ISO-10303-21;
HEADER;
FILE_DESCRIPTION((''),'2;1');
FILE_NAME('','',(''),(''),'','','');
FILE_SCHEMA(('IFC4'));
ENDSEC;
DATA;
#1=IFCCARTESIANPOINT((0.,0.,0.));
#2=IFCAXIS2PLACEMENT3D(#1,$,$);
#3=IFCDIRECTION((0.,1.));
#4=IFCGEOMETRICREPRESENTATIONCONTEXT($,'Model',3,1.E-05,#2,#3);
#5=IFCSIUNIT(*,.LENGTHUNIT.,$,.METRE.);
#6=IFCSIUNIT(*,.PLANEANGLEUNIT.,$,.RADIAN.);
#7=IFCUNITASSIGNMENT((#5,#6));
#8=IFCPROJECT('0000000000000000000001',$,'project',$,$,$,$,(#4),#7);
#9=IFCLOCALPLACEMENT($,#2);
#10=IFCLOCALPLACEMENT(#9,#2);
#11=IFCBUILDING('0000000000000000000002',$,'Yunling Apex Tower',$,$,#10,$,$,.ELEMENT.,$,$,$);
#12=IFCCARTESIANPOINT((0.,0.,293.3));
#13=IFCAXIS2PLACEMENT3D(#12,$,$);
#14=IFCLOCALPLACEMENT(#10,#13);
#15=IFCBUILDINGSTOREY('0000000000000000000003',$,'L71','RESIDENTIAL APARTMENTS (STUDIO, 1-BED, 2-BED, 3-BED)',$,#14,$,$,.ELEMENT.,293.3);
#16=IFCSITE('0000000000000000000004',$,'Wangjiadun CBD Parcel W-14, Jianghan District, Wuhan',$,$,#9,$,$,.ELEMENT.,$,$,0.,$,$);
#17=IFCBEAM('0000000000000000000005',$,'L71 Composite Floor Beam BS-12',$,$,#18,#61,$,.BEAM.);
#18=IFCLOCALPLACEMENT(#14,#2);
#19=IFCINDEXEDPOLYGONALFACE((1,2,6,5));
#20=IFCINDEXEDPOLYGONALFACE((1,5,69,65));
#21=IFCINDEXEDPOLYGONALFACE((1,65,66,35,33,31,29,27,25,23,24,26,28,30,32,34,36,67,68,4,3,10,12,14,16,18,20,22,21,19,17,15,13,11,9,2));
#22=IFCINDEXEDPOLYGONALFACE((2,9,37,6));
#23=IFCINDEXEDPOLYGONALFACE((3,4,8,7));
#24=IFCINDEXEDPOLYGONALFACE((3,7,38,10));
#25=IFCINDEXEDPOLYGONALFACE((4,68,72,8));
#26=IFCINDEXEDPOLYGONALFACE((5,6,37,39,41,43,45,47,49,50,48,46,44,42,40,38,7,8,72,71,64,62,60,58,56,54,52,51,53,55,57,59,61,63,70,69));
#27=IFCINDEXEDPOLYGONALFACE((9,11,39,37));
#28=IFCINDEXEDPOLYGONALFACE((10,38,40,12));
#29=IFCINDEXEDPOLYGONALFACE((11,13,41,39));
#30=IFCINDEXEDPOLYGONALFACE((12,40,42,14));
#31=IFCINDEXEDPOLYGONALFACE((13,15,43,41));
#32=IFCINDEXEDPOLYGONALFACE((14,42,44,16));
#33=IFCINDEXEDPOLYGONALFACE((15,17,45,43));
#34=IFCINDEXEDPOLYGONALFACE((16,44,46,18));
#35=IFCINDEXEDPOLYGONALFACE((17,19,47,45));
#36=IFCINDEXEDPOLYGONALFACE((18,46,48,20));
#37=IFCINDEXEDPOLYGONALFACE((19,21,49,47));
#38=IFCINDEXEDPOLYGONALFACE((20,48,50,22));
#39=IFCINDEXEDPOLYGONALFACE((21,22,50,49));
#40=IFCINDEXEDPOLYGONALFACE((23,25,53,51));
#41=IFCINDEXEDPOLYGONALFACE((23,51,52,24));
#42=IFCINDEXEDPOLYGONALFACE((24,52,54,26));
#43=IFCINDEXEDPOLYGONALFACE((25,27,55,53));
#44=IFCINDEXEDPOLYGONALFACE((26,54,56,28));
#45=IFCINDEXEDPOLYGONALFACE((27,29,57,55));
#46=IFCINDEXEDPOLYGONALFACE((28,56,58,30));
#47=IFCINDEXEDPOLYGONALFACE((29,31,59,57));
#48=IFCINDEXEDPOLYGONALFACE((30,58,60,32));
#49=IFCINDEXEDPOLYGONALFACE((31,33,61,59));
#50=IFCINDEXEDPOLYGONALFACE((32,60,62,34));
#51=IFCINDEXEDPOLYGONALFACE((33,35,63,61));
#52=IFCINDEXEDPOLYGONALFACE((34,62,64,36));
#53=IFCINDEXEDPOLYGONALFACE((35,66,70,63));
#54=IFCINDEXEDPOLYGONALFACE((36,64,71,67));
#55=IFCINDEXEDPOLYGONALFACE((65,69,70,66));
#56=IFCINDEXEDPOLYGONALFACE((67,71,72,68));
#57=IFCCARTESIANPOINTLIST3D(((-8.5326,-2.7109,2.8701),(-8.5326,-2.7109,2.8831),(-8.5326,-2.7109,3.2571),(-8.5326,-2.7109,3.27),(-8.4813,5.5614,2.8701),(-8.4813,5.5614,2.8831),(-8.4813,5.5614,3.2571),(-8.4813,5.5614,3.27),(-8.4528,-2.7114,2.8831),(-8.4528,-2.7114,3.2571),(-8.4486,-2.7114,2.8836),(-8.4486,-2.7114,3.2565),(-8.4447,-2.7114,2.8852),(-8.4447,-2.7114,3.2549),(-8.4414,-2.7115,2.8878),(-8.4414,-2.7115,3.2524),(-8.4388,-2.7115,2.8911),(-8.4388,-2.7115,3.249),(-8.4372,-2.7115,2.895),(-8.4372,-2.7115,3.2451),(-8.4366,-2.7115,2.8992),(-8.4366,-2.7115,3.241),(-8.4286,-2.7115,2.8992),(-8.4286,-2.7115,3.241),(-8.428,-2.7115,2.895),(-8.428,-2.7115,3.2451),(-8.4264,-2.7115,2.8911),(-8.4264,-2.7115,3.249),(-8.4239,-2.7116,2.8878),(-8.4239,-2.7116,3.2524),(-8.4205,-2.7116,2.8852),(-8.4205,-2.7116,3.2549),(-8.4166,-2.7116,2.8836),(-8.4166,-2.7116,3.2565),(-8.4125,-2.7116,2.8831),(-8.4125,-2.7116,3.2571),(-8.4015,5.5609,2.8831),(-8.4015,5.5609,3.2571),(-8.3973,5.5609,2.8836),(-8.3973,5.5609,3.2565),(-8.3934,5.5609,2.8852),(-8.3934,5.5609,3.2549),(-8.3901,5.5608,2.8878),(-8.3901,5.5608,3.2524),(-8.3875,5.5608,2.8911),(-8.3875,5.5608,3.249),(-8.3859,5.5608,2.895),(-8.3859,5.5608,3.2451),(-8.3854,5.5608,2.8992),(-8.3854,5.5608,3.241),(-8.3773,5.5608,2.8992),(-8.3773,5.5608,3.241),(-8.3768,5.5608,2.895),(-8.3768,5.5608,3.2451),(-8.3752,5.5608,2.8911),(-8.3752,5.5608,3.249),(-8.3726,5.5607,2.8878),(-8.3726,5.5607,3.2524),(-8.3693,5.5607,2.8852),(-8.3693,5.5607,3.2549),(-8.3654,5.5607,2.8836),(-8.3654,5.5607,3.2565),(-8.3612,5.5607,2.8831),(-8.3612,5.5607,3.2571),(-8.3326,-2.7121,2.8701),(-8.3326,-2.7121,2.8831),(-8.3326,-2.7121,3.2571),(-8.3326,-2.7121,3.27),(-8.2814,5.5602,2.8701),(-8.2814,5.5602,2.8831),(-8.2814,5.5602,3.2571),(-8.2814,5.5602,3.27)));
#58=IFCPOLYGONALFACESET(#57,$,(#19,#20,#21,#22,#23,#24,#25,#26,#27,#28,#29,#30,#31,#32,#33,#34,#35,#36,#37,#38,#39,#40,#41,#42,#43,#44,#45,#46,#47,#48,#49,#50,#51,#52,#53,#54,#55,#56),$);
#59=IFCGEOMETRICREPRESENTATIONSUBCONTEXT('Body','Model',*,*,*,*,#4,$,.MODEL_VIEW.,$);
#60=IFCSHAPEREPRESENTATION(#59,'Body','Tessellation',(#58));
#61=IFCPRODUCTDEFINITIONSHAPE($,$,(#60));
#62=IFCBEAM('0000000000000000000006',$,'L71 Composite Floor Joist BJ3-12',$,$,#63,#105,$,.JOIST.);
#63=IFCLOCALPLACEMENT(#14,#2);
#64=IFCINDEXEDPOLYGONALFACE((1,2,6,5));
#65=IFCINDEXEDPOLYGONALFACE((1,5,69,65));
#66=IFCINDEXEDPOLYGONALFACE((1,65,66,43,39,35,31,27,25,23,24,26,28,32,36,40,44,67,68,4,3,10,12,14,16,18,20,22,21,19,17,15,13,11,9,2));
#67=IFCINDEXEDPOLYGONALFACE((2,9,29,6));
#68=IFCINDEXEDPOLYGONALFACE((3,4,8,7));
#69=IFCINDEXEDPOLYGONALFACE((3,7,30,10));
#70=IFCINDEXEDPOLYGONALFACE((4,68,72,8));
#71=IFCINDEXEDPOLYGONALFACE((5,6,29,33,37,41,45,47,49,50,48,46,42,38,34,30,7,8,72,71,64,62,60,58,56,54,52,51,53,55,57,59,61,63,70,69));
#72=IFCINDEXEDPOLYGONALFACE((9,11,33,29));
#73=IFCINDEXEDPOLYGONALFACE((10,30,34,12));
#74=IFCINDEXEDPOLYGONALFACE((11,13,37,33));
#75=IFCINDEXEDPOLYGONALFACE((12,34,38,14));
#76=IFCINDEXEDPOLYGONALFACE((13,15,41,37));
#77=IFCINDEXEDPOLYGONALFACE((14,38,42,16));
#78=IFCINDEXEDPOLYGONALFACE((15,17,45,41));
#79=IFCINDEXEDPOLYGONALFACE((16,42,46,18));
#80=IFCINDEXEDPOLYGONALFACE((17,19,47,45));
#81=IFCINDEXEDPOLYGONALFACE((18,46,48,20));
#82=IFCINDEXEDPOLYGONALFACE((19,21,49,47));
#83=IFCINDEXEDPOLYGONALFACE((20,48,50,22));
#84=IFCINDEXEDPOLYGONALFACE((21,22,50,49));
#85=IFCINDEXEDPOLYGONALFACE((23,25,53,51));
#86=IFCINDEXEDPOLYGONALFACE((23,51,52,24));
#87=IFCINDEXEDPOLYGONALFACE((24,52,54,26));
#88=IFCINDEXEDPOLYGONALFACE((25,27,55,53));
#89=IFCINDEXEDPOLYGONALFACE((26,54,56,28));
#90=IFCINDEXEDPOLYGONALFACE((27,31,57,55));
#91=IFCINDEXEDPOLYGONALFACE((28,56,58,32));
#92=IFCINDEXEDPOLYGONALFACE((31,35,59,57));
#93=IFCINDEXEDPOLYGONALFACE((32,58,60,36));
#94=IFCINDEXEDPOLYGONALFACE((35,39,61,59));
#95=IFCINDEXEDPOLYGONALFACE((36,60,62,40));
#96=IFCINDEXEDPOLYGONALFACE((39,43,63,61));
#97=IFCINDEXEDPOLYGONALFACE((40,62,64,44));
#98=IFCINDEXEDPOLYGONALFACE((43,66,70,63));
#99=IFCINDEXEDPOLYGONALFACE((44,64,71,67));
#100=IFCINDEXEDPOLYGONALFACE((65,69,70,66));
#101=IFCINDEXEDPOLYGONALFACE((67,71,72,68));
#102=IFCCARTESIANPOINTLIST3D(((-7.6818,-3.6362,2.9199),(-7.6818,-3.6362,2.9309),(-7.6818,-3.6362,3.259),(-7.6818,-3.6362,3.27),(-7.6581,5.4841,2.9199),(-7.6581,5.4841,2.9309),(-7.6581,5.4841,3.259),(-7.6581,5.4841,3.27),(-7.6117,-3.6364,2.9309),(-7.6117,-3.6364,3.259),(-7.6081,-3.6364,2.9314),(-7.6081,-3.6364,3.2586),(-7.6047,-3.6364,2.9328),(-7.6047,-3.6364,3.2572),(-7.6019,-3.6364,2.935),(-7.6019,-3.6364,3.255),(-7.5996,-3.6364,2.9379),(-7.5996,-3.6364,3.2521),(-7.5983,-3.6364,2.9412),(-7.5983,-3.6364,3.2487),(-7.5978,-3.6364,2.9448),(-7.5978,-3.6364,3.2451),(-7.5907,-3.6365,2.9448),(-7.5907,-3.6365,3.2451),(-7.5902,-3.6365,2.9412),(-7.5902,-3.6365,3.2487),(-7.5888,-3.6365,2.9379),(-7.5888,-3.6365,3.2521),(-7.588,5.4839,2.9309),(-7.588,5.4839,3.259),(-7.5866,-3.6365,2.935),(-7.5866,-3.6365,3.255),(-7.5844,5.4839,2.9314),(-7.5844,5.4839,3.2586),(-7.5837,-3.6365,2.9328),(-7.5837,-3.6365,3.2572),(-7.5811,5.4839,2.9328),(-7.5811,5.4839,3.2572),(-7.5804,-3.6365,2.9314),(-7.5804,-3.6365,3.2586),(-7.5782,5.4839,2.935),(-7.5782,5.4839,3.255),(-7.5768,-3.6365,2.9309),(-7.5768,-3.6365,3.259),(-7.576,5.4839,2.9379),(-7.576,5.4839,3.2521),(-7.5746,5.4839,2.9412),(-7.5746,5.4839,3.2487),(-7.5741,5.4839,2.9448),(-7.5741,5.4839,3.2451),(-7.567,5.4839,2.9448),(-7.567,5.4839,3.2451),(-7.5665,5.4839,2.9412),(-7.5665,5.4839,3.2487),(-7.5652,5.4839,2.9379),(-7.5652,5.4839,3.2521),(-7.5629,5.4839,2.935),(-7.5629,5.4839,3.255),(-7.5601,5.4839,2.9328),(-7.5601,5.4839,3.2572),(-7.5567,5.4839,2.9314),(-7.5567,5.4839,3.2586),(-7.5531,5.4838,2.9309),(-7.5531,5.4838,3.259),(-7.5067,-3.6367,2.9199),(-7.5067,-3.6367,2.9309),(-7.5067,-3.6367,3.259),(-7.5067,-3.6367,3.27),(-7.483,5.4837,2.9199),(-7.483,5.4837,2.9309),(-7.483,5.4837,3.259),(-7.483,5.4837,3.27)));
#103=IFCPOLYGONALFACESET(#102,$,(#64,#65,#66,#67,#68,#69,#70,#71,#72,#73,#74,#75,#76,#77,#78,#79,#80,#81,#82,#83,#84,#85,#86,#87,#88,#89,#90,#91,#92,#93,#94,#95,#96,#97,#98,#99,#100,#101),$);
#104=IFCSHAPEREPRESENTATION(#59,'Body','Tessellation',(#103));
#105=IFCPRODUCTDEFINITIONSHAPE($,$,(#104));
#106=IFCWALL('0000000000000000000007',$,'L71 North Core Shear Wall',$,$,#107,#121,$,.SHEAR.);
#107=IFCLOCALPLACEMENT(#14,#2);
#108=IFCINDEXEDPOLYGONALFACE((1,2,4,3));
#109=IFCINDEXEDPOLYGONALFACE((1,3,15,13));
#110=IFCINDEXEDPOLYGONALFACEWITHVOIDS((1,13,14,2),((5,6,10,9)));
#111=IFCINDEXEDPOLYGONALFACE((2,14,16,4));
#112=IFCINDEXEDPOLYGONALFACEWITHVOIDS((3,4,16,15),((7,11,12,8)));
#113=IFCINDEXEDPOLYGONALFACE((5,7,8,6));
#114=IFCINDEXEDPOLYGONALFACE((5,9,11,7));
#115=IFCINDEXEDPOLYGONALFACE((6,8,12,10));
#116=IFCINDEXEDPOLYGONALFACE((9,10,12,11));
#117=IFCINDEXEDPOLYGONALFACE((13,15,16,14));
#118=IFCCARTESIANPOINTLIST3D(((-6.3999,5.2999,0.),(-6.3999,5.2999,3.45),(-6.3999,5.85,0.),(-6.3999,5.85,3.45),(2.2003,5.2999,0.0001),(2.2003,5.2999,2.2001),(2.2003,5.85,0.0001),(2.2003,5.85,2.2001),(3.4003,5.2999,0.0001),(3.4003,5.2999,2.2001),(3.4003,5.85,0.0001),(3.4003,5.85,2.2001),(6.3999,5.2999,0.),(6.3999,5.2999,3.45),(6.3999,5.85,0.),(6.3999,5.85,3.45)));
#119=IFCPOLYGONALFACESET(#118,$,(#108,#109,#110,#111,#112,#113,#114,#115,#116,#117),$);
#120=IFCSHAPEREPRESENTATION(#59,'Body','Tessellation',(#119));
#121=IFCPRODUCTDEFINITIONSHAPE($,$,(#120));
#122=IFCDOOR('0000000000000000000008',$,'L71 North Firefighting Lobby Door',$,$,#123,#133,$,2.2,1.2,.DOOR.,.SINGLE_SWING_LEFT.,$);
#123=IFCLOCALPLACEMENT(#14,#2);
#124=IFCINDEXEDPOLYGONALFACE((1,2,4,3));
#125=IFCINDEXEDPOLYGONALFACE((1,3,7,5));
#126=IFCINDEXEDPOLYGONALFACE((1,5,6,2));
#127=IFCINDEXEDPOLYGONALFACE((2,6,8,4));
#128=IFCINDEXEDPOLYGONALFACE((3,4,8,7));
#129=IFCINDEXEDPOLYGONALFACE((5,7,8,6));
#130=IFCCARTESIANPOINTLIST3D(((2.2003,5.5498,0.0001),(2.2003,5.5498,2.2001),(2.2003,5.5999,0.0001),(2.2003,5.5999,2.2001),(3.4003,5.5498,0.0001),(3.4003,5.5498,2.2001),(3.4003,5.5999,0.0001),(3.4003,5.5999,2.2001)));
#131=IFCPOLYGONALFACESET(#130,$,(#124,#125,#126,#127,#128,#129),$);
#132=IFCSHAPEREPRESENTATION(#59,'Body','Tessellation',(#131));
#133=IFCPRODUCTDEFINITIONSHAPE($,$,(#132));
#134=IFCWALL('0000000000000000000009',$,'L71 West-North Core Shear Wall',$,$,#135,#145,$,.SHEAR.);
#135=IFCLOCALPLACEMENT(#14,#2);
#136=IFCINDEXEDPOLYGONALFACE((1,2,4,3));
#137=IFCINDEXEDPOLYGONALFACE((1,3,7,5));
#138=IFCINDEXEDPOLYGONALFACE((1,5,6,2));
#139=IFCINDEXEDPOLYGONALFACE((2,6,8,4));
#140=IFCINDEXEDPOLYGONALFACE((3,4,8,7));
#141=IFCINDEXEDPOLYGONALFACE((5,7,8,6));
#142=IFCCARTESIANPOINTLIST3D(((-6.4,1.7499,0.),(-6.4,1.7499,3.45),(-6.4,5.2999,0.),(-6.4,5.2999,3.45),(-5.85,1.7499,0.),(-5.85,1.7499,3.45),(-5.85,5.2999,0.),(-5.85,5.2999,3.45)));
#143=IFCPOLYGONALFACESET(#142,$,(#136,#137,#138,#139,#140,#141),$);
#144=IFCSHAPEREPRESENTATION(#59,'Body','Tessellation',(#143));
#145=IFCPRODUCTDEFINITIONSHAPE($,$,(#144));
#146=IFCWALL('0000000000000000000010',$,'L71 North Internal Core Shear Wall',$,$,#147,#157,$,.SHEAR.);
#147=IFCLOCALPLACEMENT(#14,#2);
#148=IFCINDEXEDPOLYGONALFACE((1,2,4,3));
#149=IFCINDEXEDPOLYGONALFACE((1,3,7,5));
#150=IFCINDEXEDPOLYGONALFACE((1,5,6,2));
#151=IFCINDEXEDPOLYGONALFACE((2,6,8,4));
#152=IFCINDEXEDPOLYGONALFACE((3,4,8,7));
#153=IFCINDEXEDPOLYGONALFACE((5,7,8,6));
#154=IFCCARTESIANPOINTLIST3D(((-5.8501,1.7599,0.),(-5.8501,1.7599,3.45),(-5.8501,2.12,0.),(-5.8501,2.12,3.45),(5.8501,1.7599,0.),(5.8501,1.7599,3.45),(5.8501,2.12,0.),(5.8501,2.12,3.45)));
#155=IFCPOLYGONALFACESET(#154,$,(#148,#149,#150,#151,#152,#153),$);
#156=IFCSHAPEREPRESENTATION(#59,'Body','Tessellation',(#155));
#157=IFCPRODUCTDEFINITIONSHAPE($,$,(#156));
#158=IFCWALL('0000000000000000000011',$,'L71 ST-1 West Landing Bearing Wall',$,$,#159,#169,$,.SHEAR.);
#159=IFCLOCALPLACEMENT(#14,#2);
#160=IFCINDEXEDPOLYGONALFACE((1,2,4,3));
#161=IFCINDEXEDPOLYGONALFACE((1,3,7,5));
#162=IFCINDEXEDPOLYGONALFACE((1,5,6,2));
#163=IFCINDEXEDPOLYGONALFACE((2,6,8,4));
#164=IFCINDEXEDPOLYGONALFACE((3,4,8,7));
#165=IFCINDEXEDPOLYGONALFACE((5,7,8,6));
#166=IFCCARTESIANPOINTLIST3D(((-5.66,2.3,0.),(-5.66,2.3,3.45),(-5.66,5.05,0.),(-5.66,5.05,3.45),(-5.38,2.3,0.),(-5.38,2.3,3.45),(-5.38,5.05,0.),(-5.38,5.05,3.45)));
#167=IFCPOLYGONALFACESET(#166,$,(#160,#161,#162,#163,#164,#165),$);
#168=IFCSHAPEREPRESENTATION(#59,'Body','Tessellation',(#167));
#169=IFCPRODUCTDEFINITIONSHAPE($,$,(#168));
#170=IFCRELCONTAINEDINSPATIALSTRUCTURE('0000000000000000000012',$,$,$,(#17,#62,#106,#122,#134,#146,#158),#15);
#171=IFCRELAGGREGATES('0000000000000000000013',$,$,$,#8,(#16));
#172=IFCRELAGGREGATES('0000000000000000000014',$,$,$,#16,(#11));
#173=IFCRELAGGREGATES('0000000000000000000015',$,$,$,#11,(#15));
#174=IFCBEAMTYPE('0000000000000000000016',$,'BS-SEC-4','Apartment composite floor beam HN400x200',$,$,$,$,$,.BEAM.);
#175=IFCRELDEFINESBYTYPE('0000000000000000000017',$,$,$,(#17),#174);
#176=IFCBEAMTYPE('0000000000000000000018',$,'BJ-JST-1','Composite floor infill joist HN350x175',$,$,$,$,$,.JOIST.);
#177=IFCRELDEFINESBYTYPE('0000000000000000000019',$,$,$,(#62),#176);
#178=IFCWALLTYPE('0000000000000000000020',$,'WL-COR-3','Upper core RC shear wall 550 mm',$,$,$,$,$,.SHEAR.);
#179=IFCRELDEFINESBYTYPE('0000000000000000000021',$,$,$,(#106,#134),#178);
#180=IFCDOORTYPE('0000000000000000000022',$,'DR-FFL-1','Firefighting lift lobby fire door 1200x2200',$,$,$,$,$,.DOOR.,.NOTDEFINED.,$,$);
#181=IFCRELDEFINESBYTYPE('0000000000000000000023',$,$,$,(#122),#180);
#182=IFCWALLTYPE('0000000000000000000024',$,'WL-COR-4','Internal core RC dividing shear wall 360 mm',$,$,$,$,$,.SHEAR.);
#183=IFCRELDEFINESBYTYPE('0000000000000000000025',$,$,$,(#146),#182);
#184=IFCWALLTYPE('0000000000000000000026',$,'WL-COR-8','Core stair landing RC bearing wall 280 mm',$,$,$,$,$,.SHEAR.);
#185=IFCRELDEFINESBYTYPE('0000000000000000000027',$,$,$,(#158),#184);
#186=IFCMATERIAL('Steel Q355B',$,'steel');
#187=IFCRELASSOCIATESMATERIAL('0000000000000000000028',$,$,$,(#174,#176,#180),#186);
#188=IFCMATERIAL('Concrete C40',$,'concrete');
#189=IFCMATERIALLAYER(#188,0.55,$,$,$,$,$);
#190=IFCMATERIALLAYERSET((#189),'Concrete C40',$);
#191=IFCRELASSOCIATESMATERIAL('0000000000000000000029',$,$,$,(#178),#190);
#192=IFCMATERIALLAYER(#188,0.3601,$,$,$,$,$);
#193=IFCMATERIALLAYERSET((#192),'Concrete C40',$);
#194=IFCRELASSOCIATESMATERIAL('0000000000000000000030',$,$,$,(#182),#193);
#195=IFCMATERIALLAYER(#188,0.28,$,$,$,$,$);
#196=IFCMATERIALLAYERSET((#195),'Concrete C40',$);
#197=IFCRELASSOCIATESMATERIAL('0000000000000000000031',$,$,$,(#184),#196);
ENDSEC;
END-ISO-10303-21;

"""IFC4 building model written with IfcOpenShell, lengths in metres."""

from ifc_helpers import new_model, si_unit, direction, frame, frame_2d, origin, origin_2d, place, context, subcontext, project, spatial, rectangle, i_section, extrude, source, transform, mapped, material, layer, layer_set, material_profile, profile_set, type_object, element, fill, save


model = new_model("IFC4")

# Units and contexts
model_context = context("Model", 3, precision=1e-05, world=origin(), true_north=direction((0.0, 1.0)))
body_context = subcontext(model_context, "Body", "Model", "MODEL_VIEW")
ifc_project = project(units=[si_unit("LENGTHUNIT", "METRE"), si_unit("PLANEANGLEUNIT", "RADIAN")], contexts=[model_context])

# Site, building, storey
site_placement = place(None, origin())
site = spatial("IfcSite", under=ifc_project, at=site_placement, Name="Wangjiadun CBD Parcel W-14, Jianghan District, Wuhan", CompositionType="ELEMENT", RefElevation=0.0)
building_placement = place(site_placement, origin())
building = spatial("IfcBuilding", under=site, at=building_placement, Name="Yunling Apex Tower", CompositionType="ELEMENT")
storey_placement = place(building_placement, frame((0.0, 0.0, 293.3)))
storey = spatial("IfcBuildingStorey", under=building, at=storey_placement, Name="L71", Description="RESIDENTIAL APARTMENTS (STUDIO, 1-BED, 2-BED, 3-BED)", CompositionType="ELEMENT", Elevation=293.3)

# Beams
ifc_material_1 = material(Name="Steel Q355B", Category="steel")
ifc_material_profile_1 = material_profile(ifc_material_1, i_section(OverallWidth=0.2, OverallDepth=0.3999, WebThickness=0.0081, FlangeThickness=0.0129, FilletRadius=0.0161, at=origin_2d()))
ifc_profile_set_1 = profile_set([ifc_material_profile_1], Name="Steel Q355B")
beam_type_1 = type_object("IfcBeamType", Name="BS-SEC-4", Description="Apartment composite floor beam HN400x200", PredefinedType="BEAM", material=ifc_profile_set_1)
shared_shape_1 = source(origin(), body_context, "Body", "SweptSolid", [
    extrude(i_section(OverallWidth=0.2, OverallDepth=0.3999, WebThickness=0.0081, FlangeThickness=0.0129, FilletRadius=0.0161, at=origin_2d()), origin(), (0.0, 0.0, 1.0), 8.2725),
])
beam_1_placement = place(storey_placement, frame((-8.3813, 5.5608, 3.0701), z_axis=(-0.006198, -0.999981, 0.0), x_axis=(0.999981, -0.006198, 0.0)))
element("IfcBeam", 1, at=beam_1_placement, inside=storey, type_object=beam_type_1, Name="L71 Composite Floor Beam BS-12", PredefinedType="BEAM", context=body_context, shape_type="MappedRepresentation", body=[
    mapped(shared_shape_1, transform((0.0, 0.0, 0.0), scale=1.0)),
])
ifc_material_profile_2 = material_profile(ifc_material_1, i_section(OverallWidth=0.175, OverallDepth=0.3501, WebThickness=0.0071, FlangeThickness=0.011, FilletRadius=0.0139, at=origin_2d()))
ifc_profile_set_2 = profile_set([ifc_material_profile_2], Name="Steel Q355B")
beam_type_2 = type_object("IfcBeamType", Name="BJ-JST-1", Description="Composite floor infill joist HN350x175", PredefinedType="JOIST", material=ifc_profile_set_2)
shared_shape_2 = source(origin(), body_context, "Body", "SweptSolid", [
    extrude(i_section(OverallWidth=0.175, OverallDepth=0.3501, WebThickness=0.0071, FlangeThickness=0.011, FilletRadius=0.0139, at=origin_2d()), origin(), (0.0, 0.0, 1.0), 9.1204),
])
beam_2_placement = place(storey_placement, frame((-7.5706, 5.4839, 3.095), z_axis=(-0.002597, -0.999997, 0.0), x_axis=(0.999997, -0.002597, 0.0)))
element("IfcBeam", 2, at=beam_2_placement, inside=storey, type_object=beam_type_2, Name="L71 Composite Floor Joist BJ3-12", PredefinedType="JOIST", context=body_context, shape_type="MappedRepresentation", body=[
    mapped(shared_shape_2, transform((0.0, 0.0, 0.0), scale=1.0)),
])

# Wall, opening, door
ifc_material_2 = material(Name="Concrete C40", Category="concrete")
ifc_layer_1 = layer(ifc_material_2, 0.55)
ifc_layer_set_1 = layer_set([ifc_layer_1], Name="Concrete C40")
wall_type_1 = type_object("IfcWallType", Name="WL-COR-3", Description="Upper core RC shear wall 550 mm", PredefinedType="SHEAR", material=ifc_layer_set_1)
wall_1_placement = place(storey_placement, frame((-6.3999, 5.575, 0.0), z_axis=(0.0, 0.0, 1.0), x_axis=(1.0, 0.0, 0.0)))
wall_1 = element("IfcWall", 3, at=wall_1_placement, inside=storey, type_object=wall_type_1, Name="L71 North Core Shear Wall", PredefinedType="SHEAR", context=body_context, shape_type="SweptSolid", body=[
    extrude(rectangle(XDim=12.7998, YDim=0.55, at=frame_2d((6.3999, 0.0))), origin(), (0.0, 0.0, 1.0), 3.45),
])
opening_1_placement = place(wall_1_placement, frame((8.6001, 0.0, 0.0)))
opening_1 = element("IfcOpeningElement", 4, at=opening_1_placement, cuts=wall_1, PredefinedType="OPENING", context=body_context, shape_type="SweptSolid", body=[
    extrude(rectangle(XDim=1.2, YDim=2.2, at=frame_2d((0.6001, 1.1001))), frame((0.0, 0.2852, 0.0), z_axis=(0.0, -1.0, 0.0), x_axis=(1.0, 0.0, 0.0)), (0.0, 0.0, 1.0), 0.5701),
])
door_type_1 = type_object("IfcDoorType", Name="DR-FFL-1", Description="Firefighting lift lobby fire door 1200x2200", OperationType="NOTDEFINED", PredefinedType="DOOR", material=ifc_material_1)
door_1_placement = place(opening_1_placement, origin())
door_1 = element("IfcDoor", 5, at=door_1_placement, inside=storey, type_object=door_type_1, Name="L71 North Firefighting Lobby Door", OperationType="SINGLE_SWING_LEFT", OverallHeight=2.2, OverallWidth=1.2, PredefinedType="DOOR", context=body_context, shape_type="SweptSolid", body=[
    extrude(rectangle(XDim=1.2, YDim=2.2, at=frame_2d((0.6001, 1.1001))), frame((0.0, 0.0249, 0.0), z_axis=(0.0, -1.0, 0.0), x_axis=(1.0, 0.0, 0.0)), (0.0, 0.0, 1.0), 0.05),
])
fill(opening_1, door_1)

# Walls
wall_2_placement = place(storey_placement, frame((-6.125, 1.75, 0.0), z_axis=(0.0, 0.0, 1.0), x_axis=(0.0, 1.0, 0.0)))
element("IfcWall", 6, at=wall_2_placement, inside=storey, type_object=wall_type_1, Name="L71 West-North Core Shear Wall", PredefinedType="SHEAR", context=body_context, shape_type="SweptSolid", body=[
    extrude(rectangle(XDim=3.55, YDim=0.55, at=frame_2d((1.7749, 0.0))), origin(), (0.0, 0.0, 1.0), 3.45),
])
ifc_layer_2 = layer(ifc_material_2, 0.3601)
ifc_layer_set_2 = layer_set([ifc_layer_2], Name="Concrete C40")
wall_type_2 = type_object("IfcWallType", Name="WL-COR-4", Description="Internal core RC dividing shear wall 360 mm", PredefinedType="SHEAR", material=ifc_layer_set_2)
wall_3_placement = place(storey_placement, frame((-5.8501, 1.9399, 0.0), z_axis=(0.0, 0.0, 1.0), x_axis=(1.0, 0.0, 0.0)))
element("IfcWall", 7, at=wall_3_placement, inside=storey, type_object=wall_type_2, Name="L71 North Internal Core Shear Wall", PredefinedType="SHEAR", context=body_context, shape_type="SweptSolid", body=[
    extrude(rectangle(XDim=11.7002, YDim=0.3601, at=frame_2d((5.8501, 0.0))), origin(), (0.0, 0.0, 1.0), 3.45),
])
ifc_layer_3 = layer(ifc_material_2, 0.28)
ifc_layer_set_3 = layer_set([ifc_layer_3], Name="Concrete C40")
wall_type_3 = type_object("IfcWallType", Name="WL-COR-8", Description="Core stair landing RC bearing wall 280 mm", PredefinedType="SHEAR", material=ifc_layer_set_3)
wall_4_placement = place(storey_placement, frame((-5.52, 2.3, 0.0), z_axis=(0.0, 0.0, 1.0), x_axis=(0.0, 1.0, 0.0)))
element("IfcWall", 8, at=wall_4_placement, inside=storey, type_object=wall_type_3, Name="L71 ST-1 West Landing Bearing Wall", PredefinedType="SHEAR", context=body_context, shape_type="SweptSolid", body=[
    extrude(rectangle(XDim=2.75, YDim=0.28, at=frame_2d((1.375, 0.0))), origin(), (0.0, 0.0, 1.0), 3.45),
])

save(model, "model.ifc")
